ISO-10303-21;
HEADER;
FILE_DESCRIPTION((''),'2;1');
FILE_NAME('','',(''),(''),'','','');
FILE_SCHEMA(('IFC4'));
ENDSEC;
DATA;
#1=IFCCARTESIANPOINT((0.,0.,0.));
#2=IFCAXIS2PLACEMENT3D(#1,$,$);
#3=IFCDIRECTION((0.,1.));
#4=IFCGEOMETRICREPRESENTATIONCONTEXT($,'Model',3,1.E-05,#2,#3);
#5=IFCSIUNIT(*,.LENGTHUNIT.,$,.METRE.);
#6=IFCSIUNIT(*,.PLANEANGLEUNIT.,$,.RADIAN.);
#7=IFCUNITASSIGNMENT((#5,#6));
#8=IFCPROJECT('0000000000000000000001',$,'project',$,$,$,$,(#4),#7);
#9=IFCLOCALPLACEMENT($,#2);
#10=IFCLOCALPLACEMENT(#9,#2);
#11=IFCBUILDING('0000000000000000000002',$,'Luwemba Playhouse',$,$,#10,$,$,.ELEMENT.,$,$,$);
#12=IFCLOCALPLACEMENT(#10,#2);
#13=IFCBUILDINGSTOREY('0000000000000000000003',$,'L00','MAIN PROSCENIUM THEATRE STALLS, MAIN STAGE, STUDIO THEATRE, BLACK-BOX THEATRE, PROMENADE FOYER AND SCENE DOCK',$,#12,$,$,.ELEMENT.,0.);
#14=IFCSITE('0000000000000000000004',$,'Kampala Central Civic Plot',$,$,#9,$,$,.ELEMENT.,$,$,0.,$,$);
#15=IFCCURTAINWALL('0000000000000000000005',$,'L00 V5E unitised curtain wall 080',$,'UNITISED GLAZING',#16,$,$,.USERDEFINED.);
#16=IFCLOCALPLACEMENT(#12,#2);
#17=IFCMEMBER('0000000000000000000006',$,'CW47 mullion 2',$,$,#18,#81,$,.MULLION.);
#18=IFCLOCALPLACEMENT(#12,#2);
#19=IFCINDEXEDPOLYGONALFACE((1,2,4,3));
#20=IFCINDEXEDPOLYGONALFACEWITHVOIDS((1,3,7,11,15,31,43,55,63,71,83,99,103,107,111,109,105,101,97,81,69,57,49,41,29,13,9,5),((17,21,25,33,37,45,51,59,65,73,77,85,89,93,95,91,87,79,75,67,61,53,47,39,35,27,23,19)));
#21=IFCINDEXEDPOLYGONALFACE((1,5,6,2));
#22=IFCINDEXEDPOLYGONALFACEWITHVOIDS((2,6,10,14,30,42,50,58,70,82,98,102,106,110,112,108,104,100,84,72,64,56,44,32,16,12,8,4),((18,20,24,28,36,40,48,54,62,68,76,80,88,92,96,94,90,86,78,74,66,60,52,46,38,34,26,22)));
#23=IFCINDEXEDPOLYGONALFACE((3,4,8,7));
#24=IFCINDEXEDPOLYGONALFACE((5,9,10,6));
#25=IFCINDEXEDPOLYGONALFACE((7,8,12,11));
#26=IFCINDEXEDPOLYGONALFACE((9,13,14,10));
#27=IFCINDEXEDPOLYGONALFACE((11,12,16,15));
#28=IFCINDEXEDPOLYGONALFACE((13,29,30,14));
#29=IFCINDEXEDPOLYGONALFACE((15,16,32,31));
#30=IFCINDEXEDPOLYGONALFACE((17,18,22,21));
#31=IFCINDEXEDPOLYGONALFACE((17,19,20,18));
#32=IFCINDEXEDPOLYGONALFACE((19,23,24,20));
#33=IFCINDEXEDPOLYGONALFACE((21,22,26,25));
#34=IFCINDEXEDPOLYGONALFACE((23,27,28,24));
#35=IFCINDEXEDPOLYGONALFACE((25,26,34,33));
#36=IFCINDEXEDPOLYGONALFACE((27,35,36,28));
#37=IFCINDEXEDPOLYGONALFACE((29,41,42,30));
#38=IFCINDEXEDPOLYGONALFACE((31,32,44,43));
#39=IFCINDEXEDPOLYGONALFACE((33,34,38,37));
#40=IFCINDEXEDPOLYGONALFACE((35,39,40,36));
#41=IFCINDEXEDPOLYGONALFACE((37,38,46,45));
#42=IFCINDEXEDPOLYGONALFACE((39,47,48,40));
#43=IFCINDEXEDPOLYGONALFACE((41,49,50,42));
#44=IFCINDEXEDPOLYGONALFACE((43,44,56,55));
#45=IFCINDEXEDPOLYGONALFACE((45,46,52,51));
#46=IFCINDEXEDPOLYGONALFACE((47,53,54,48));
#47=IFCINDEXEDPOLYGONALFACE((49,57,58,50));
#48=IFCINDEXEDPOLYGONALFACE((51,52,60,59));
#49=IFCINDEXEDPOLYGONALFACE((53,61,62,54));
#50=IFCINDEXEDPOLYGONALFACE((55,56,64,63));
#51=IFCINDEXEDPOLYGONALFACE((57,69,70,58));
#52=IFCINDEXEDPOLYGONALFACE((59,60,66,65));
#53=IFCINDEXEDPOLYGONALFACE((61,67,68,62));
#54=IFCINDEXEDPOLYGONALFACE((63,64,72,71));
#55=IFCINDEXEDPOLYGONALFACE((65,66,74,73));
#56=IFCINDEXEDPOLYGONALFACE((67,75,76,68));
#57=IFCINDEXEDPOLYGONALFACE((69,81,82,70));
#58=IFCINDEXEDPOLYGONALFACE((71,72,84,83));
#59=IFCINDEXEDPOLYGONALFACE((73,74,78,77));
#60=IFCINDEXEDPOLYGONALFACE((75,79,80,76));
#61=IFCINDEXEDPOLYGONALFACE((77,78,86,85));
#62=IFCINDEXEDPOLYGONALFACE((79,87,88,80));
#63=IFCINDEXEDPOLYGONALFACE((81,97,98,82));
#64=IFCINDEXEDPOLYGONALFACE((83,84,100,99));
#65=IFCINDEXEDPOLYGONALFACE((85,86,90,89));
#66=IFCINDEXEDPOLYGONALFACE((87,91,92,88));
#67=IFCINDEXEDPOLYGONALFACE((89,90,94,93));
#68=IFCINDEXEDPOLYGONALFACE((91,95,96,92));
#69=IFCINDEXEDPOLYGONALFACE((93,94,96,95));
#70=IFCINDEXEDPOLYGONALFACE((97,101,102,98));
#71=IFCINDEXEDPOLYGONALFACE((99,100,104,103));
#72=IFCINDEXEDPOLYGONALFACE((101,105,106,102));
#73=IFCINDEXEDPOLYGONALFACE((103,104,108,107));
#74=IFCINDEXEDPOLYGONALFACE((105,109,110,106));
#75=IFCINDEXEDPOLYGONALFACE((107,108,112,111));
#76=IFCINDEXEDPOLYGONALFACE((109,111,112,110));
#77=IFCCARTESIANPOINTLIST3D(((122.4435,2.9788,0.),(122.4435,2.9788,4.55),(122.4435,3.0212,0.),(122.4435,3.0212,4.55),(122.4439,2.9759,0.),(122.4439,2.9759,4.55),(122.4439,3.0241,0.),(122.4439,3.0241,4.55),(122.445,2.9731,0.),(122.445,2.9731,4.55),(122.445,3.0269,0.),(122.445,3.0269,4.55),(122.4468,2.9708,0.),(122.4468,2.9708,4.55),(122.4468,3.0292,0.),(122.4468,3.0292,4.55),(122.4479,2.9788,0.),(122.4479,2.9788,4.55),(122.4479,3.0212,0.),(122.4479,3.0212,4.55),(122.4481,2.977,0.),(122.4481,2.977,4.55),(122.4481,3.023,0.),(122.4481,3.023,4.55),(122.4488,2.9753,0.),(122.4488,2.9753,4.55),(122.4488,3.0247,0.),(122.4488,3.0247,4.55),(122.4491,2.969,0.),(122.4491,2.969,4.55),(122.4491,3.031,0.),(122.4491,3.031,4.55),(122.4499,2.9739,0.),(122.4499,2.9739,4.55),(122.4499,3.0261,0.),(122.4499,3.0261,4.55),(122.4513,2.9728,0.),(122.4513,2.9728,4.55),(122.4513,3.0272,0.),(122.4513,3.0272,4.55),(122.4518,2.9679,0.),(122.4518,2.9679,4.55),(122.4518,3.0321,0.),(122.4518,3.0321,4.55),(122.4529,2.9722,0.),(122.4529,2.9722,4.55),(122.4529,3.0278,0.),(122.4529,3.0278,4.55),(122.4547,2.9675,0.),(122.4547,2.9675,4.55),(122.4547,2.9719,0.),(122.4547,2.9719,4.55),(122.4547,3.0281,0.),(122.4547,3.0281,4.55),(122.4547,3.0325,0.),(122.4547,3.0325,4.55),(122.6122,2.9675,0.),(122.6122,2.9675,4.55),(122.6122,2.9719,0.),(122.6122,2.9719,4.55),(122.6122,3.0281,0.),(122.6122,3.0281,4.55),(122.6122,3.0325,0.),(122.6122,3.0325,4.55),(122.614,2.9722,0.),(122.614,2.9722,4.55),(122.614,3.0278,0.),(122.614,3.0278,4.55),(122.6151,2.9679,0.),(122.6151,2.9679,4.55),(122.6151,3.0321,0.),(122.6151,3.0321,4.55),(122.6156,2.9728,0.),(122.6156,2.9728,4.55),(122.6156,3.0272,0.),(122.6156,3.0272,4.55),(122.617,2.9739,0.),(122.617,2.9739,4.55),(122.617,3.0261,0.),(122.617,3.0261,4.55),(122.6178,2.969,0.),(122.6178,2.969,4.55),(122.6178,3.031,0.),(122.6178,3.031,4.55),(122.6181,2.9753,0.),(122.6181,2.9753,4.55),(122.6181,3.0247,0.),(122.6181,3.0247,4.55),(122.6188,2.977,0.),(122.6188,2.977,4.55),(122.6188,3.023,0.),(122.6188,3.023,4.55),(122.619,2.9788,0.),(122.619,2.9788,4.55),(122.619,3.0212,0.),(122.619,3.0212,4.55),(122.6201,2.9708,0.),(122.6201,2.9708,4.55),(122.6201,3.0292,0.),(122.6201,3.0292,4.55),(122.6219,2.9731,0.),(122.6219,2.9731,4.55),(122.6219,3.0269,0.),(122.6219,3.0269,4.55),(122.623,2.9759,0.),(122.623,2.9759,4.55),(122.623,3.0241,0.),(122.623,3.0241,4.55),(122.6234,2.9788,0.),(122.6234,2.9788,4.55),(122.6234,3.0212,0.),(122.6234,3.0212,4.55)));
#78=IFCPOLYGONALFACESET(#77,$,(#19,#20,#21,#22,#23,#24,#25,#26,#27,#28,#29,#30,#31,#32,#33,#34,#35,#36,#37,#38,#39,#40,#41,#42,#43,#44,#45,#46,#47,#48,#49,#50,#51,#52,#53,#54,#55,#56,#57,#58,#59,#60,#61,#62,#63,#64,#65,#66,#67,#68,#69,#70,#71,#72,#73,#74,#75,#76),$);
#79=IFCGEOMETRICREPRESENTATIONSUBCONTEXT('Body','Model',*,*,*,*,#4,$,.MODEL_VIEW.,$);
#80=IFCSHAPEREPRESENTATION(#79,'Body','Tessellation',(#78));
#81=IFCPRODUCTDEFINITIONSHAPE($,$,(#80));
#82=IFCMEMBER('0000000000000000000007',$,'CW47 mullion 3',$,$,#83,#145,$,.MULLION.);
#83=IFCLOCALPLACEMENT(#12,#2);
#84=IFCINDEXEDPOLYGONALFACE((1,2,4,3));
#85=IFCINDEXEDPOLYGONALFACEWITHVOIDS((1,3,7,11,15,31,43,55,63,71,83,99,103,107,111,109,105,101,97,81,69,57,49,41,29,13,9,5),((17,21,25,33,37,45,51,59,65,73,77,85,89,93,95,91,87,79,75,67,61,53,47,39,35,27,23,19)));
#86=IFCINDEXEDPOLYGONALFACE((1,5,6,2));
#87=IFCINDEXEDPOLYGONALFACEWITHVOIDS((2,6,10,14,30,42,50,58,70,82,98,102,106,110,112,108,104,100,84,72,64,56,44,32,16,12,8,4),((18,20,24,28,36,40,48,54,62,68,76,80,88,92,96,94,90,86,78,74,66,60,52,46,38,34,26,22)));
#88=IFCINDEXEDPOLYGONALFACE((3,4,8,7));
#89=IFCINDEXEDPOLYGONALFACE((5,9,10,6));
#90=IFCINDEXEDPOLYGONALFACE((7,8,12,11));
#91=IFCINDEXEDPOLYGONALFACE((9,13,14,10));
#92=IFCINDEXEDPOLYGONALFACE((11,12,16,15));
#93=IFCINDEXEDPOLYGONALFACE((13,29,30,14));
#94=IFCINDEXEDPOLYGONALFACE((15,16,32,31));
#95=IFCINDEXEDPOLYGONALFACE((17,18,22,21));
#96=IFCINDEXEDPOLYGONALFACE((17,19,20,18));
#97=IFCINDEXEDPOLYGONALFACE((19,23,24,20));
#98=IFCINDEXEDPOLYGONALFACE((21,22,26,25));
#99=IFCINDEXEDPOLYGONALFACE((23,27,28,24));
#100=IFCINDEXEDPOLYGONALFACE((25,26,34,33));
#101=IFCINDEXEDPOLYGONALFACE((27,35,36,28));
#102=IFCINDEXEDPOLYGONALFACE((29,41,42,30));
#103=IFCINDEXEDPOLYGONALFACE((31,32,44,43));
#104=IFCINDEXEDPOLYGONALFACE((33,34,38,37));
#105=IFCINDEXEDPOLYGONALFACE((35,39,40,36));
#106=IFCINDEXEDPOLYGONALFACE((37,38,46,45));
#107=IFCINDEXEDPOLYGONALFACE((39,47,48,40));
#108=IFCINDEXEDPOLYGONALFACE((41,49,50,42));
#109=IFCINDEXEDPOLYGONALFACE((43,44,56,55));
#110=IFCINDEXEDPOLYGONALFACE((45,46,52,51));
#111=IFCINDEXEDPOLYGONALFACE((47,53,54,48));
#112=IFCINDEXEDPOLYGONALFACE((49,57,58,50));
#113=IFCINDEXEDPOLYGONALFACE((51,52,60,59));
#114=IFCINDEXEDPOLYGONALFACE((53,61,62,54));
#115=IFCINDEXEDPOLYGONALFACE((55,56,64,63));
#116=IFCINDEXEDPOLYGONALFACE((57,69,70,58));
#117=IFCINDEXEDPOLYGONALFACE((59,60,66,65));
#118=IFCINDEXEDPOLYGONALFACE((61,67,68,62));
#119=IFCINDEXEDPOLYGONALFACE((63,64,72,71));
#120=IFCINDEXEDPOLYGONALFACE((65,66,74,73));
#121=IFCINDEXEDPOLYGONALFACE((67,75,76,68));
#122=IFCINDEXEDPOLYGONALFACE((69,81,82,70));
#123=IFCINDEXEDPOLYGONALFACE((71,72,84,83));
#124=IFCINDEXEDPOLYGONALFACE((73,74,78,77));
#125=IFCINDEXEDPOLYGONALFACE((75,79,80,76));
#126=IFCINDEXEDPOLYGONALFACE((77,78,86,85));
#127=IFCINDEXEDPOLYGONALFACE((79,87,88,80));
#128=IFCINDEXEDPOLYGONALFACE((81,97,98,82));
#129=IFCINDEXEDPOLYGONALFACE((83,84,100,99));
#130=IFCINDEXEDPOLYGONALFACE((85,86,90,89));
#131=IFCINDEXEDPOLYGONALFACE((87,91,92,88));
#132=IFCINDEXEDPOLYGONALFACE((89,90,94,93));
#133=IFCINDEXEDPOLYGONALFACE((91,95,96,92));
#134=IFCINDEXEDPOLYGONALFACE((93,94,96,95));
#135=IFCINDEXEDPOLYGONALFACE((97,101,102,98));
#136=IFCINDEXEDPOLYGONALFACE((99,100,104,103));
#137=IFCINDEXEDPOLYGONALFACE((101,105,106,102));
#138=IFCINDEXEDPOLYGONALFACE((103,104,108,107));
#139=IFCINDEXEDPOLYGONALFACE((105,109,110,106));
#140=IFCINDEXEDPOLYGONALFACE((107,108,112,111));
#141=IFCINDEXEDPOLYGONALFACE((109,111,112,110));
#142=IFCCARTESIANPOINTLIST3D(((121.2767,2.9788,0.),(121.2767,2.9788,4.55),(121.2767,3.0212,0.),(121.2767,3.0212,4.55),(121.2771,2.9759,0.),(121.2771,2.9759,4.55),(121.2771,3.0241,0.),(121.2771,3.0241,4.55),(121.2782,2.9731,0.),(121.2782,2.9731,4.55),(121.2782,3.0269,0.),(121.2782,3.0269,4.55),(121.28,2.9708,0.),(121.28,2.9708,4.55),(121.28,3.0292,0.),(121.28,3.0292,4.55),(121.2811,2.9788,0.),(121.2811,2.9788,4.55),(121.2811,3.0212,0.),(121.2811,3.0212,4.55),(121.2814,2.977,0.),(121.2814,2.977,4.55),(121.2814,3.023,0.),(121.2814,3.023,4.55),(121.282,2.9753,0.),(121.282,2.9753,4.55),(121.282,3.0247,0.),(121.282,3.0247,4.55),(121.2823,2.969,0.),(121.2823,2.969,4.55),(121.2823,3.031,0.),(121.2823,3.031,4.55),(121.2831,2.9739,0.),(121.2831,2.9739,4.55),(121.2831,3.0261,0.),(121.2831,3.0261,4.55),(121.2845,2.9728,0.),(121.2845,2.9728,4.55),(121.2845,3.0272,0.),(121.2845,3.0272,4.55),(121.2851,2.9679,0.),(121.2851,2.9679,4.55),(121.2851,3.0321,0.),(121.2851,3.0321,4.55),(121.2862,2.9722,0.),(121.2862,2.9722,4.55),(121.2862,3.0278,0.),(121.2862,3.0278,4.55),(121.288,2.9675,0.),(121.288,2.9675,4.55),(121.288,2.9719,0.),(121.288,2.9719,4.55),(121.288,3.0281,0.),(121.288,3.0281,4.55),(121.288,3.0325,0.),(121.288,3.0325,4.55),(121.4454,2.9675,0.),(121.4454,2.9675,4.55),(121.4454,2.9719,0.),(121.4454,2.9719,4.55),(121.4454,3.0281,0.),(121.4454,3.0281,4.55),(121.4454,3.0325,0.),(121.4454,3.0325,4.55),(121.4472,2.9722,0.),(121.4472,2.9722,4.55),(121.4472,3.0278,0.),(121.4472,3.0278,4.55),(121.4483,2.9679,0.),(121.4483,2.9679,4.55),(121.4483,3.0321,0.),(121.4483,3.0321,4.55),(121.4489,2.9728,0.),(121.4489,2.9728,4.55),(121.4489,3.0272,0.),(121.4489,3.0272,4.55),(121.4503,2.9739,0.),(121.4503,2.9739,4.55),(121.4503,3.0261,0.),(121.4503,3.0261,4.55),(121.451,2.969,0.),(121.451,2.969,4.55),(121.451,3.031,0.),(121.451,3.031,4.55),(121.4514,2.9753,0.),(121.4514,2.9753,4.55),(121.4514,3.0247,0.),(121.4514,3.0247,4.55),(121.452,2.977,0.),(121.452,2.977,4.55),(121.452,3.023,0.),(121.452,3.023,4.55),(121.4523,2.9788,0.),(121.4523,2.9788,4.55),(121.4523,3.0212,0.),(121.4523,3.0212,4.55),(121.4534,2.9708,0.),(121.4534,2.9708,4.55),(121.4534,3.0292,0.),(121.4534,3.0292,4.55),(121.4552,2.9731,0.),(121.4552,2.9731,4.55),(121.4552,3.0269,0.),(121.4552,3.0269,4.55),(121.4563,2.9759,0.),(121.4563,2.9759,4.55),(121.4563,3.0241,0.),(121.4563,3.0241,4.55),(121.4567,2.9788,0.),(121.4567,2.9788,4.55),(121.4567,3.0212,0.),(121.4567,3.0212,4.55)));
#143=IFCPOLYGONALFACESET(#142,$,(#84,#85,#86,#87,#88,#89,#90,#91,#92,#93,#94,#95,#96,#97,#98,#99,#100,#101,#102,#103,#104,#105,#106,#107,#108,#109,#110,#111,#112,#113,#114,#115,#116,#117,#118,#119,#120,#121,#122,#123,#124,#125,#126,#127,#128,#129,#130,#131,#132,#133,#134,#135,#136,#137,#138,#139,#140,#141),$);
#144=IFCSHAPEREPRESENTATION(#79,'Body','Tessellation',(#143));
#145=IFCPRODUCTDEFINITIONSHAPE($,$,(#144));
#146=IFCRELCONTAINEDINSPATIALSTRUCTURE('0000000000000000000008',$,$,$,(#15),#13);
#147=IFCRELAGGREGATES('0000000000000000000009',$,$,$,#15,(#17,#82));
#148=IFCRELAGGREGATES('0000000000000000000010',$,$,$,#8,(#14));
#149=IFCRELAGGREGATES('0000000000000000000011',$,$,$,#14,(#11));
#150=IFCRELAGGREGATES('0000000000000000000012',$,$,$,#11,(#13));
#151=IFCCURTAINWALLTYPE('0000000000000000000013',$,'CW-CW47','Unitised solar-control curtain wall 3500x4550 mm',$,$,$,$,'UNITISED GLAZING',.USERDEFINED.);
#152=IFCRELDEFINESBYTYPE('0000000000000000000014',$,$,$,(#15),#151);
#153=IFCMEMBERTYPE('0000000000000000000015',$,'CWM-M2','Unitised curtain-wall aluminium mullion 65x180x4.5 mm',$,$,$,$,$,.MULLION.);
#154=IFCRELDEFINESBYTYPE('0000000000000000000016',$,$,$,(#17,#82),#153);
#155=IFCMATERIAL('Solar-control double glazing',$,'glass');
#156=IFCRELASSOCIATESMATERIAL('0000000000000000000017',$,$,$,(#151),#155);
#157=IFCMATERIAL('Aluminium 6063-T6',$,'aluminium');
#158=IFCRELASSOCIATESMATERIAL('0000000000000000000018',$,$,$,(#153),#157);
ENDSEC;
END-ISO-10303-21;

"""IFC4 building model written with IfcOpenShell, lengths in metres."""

from ifc_helpers import new_model, si_unit, direction, frame, origin, origin_2d, place, context, subcontext, project, spatial, hollow_rectangle, extrude, material, material_profile, profile_set, type_object, element, aggregate, save


model = new_model("IFC4")

# Units and contexts
model_context = context("Model", 3, precision=1e-05, world=origin(), true_north=direction((0.0, 1.0)))
body_context = subcontext(model_context, "Body", "Model", "MODEL_VIEW")
ifc_project = project(units=[si_unit("LENGTHUNIT", "METRE"), si_unit("PLANEANGLEUNIT", "RADIAN")], contexts=[model_context])

# Site, building, storey
site_placement = place(None, origin())
site = spatial("IfcSite", under=ifc_project, at=site_placement, Name="Kampala Central Civic Plot", CompositionType="ELEMENT", RefElevation=0.0)
building_placement = place(site_placement, origin())
building = spatial("IfcBuilding", under=site, at=building_placement, Name="Luwemba Playhouse", CompositionType="ELEMENT")
storey_placement = place(building_placement, origin())
storey = spatial("IfcBuildingStorey", under=building, at=storey_placement, Name="L00", Description="MAIN PROSCENIUM THEATRE STALLS, MAIN STAGE, STUDIO THEATRE, BLACK-BOX THEATRE, PROMENADE FOYER AND SCENE DOCK", CompositionType="ELEMENT", Elevation=0.0)

# Shared definitions
ifc_material_1 = material(Name="Solar-control double glazing", Category="glass")
ifc_material_2 = material(Name="Aluminium 6063-T6", Category="aluminium")

# Curtain wall, members
curtain_wall_type_1 = type_object("IfcCurtainWallType", Name="CW-CW47", Description="Unitised solar-control curtain wall 3500x4550 mm", ElementType="UNITISED GLAZING", PredefinedType="USERDEFINED", material=ifc_material_1)
curtain_wall_1_placement = place(storey_placement, origin())
curtain_wall_1 = element("IfcCurtainWall", 1, at=curtain_wall_1_placement, inside=storey, type_object=curtain_wall_type_1, Name="L00 V5E unitised curtain wall 080", ObjectType="UNITISED GLAZING", PredefinedType="USERDEFINED")
ifc_material_profile_1 = material_profile(ifc_material_2, hollow_rectangle(XDim=0.0649, YDim=0.1799, WallThickness=0.0044, InnerFilletRadius=0.0068, OuterFilletRadius=0.0112, at=origin_2d()))
ifc_profile_set_1 = profile_set([ifc_material_profile_1], Name="Aluminium 6063-T6")
member_type_1 = type_object("IfcMemberType", Name="CWM-M2", Description="Unitised curtain-wall aluminium mullion 65x180x4.5 mm", PredefinedType="MULLION", material=ifc_profile_set_1)
member_1_placement = place(storey_placement, frame((122.5334, 3.0, 0.0), z_axis=(0.0, 0.0, 1.0), x_axis=(0.0, -1.0, 0.0)))
member_1 = element("IfcMember", 2, at=member_1_placement, type_object=member_type_1, Name="CW47 mullion 2", PredefinedType="MULLION", context=body_context, shape_type="SweptSolid", body=[
    extrude(hollow_rectangle(XDim=0.0649, YDim=0.1799, WallThickness=0.0044, InnerFilletRadius=0.0068, OuterFilletRadius=0.0112, at=origin_2d()), origin(), (0.0, 0.0, 1.0), 4.55),
])
member_2_placement = place(storey_placement, frame((121.3667, 3.0, 0.0), z_axis=(0.0, 0.0, 1.0), x_axis=(0.0, -1.0, 0.0)))
member_2 = element("IfcMember", 3, at=member_2_placement, type_object=member_type_1, Name="CW47 mullion 3", PredefinedType="MULLION", context=body_context, shape_type="SweptSolid", body=[
    extrude(hollow_rectangle(XDim=0.0649, YDim=0.1799, WallThickness=0.0044, InnerFilletRadius=0.0068, OuterFilletRadius=0.0112, at=origin_2d()), origin(), (0.0, 0.0, 1.0), 4.55),
])
aggregate(curtain_wall_1, [member_1, member_2])

save(model, "model.ifc")
